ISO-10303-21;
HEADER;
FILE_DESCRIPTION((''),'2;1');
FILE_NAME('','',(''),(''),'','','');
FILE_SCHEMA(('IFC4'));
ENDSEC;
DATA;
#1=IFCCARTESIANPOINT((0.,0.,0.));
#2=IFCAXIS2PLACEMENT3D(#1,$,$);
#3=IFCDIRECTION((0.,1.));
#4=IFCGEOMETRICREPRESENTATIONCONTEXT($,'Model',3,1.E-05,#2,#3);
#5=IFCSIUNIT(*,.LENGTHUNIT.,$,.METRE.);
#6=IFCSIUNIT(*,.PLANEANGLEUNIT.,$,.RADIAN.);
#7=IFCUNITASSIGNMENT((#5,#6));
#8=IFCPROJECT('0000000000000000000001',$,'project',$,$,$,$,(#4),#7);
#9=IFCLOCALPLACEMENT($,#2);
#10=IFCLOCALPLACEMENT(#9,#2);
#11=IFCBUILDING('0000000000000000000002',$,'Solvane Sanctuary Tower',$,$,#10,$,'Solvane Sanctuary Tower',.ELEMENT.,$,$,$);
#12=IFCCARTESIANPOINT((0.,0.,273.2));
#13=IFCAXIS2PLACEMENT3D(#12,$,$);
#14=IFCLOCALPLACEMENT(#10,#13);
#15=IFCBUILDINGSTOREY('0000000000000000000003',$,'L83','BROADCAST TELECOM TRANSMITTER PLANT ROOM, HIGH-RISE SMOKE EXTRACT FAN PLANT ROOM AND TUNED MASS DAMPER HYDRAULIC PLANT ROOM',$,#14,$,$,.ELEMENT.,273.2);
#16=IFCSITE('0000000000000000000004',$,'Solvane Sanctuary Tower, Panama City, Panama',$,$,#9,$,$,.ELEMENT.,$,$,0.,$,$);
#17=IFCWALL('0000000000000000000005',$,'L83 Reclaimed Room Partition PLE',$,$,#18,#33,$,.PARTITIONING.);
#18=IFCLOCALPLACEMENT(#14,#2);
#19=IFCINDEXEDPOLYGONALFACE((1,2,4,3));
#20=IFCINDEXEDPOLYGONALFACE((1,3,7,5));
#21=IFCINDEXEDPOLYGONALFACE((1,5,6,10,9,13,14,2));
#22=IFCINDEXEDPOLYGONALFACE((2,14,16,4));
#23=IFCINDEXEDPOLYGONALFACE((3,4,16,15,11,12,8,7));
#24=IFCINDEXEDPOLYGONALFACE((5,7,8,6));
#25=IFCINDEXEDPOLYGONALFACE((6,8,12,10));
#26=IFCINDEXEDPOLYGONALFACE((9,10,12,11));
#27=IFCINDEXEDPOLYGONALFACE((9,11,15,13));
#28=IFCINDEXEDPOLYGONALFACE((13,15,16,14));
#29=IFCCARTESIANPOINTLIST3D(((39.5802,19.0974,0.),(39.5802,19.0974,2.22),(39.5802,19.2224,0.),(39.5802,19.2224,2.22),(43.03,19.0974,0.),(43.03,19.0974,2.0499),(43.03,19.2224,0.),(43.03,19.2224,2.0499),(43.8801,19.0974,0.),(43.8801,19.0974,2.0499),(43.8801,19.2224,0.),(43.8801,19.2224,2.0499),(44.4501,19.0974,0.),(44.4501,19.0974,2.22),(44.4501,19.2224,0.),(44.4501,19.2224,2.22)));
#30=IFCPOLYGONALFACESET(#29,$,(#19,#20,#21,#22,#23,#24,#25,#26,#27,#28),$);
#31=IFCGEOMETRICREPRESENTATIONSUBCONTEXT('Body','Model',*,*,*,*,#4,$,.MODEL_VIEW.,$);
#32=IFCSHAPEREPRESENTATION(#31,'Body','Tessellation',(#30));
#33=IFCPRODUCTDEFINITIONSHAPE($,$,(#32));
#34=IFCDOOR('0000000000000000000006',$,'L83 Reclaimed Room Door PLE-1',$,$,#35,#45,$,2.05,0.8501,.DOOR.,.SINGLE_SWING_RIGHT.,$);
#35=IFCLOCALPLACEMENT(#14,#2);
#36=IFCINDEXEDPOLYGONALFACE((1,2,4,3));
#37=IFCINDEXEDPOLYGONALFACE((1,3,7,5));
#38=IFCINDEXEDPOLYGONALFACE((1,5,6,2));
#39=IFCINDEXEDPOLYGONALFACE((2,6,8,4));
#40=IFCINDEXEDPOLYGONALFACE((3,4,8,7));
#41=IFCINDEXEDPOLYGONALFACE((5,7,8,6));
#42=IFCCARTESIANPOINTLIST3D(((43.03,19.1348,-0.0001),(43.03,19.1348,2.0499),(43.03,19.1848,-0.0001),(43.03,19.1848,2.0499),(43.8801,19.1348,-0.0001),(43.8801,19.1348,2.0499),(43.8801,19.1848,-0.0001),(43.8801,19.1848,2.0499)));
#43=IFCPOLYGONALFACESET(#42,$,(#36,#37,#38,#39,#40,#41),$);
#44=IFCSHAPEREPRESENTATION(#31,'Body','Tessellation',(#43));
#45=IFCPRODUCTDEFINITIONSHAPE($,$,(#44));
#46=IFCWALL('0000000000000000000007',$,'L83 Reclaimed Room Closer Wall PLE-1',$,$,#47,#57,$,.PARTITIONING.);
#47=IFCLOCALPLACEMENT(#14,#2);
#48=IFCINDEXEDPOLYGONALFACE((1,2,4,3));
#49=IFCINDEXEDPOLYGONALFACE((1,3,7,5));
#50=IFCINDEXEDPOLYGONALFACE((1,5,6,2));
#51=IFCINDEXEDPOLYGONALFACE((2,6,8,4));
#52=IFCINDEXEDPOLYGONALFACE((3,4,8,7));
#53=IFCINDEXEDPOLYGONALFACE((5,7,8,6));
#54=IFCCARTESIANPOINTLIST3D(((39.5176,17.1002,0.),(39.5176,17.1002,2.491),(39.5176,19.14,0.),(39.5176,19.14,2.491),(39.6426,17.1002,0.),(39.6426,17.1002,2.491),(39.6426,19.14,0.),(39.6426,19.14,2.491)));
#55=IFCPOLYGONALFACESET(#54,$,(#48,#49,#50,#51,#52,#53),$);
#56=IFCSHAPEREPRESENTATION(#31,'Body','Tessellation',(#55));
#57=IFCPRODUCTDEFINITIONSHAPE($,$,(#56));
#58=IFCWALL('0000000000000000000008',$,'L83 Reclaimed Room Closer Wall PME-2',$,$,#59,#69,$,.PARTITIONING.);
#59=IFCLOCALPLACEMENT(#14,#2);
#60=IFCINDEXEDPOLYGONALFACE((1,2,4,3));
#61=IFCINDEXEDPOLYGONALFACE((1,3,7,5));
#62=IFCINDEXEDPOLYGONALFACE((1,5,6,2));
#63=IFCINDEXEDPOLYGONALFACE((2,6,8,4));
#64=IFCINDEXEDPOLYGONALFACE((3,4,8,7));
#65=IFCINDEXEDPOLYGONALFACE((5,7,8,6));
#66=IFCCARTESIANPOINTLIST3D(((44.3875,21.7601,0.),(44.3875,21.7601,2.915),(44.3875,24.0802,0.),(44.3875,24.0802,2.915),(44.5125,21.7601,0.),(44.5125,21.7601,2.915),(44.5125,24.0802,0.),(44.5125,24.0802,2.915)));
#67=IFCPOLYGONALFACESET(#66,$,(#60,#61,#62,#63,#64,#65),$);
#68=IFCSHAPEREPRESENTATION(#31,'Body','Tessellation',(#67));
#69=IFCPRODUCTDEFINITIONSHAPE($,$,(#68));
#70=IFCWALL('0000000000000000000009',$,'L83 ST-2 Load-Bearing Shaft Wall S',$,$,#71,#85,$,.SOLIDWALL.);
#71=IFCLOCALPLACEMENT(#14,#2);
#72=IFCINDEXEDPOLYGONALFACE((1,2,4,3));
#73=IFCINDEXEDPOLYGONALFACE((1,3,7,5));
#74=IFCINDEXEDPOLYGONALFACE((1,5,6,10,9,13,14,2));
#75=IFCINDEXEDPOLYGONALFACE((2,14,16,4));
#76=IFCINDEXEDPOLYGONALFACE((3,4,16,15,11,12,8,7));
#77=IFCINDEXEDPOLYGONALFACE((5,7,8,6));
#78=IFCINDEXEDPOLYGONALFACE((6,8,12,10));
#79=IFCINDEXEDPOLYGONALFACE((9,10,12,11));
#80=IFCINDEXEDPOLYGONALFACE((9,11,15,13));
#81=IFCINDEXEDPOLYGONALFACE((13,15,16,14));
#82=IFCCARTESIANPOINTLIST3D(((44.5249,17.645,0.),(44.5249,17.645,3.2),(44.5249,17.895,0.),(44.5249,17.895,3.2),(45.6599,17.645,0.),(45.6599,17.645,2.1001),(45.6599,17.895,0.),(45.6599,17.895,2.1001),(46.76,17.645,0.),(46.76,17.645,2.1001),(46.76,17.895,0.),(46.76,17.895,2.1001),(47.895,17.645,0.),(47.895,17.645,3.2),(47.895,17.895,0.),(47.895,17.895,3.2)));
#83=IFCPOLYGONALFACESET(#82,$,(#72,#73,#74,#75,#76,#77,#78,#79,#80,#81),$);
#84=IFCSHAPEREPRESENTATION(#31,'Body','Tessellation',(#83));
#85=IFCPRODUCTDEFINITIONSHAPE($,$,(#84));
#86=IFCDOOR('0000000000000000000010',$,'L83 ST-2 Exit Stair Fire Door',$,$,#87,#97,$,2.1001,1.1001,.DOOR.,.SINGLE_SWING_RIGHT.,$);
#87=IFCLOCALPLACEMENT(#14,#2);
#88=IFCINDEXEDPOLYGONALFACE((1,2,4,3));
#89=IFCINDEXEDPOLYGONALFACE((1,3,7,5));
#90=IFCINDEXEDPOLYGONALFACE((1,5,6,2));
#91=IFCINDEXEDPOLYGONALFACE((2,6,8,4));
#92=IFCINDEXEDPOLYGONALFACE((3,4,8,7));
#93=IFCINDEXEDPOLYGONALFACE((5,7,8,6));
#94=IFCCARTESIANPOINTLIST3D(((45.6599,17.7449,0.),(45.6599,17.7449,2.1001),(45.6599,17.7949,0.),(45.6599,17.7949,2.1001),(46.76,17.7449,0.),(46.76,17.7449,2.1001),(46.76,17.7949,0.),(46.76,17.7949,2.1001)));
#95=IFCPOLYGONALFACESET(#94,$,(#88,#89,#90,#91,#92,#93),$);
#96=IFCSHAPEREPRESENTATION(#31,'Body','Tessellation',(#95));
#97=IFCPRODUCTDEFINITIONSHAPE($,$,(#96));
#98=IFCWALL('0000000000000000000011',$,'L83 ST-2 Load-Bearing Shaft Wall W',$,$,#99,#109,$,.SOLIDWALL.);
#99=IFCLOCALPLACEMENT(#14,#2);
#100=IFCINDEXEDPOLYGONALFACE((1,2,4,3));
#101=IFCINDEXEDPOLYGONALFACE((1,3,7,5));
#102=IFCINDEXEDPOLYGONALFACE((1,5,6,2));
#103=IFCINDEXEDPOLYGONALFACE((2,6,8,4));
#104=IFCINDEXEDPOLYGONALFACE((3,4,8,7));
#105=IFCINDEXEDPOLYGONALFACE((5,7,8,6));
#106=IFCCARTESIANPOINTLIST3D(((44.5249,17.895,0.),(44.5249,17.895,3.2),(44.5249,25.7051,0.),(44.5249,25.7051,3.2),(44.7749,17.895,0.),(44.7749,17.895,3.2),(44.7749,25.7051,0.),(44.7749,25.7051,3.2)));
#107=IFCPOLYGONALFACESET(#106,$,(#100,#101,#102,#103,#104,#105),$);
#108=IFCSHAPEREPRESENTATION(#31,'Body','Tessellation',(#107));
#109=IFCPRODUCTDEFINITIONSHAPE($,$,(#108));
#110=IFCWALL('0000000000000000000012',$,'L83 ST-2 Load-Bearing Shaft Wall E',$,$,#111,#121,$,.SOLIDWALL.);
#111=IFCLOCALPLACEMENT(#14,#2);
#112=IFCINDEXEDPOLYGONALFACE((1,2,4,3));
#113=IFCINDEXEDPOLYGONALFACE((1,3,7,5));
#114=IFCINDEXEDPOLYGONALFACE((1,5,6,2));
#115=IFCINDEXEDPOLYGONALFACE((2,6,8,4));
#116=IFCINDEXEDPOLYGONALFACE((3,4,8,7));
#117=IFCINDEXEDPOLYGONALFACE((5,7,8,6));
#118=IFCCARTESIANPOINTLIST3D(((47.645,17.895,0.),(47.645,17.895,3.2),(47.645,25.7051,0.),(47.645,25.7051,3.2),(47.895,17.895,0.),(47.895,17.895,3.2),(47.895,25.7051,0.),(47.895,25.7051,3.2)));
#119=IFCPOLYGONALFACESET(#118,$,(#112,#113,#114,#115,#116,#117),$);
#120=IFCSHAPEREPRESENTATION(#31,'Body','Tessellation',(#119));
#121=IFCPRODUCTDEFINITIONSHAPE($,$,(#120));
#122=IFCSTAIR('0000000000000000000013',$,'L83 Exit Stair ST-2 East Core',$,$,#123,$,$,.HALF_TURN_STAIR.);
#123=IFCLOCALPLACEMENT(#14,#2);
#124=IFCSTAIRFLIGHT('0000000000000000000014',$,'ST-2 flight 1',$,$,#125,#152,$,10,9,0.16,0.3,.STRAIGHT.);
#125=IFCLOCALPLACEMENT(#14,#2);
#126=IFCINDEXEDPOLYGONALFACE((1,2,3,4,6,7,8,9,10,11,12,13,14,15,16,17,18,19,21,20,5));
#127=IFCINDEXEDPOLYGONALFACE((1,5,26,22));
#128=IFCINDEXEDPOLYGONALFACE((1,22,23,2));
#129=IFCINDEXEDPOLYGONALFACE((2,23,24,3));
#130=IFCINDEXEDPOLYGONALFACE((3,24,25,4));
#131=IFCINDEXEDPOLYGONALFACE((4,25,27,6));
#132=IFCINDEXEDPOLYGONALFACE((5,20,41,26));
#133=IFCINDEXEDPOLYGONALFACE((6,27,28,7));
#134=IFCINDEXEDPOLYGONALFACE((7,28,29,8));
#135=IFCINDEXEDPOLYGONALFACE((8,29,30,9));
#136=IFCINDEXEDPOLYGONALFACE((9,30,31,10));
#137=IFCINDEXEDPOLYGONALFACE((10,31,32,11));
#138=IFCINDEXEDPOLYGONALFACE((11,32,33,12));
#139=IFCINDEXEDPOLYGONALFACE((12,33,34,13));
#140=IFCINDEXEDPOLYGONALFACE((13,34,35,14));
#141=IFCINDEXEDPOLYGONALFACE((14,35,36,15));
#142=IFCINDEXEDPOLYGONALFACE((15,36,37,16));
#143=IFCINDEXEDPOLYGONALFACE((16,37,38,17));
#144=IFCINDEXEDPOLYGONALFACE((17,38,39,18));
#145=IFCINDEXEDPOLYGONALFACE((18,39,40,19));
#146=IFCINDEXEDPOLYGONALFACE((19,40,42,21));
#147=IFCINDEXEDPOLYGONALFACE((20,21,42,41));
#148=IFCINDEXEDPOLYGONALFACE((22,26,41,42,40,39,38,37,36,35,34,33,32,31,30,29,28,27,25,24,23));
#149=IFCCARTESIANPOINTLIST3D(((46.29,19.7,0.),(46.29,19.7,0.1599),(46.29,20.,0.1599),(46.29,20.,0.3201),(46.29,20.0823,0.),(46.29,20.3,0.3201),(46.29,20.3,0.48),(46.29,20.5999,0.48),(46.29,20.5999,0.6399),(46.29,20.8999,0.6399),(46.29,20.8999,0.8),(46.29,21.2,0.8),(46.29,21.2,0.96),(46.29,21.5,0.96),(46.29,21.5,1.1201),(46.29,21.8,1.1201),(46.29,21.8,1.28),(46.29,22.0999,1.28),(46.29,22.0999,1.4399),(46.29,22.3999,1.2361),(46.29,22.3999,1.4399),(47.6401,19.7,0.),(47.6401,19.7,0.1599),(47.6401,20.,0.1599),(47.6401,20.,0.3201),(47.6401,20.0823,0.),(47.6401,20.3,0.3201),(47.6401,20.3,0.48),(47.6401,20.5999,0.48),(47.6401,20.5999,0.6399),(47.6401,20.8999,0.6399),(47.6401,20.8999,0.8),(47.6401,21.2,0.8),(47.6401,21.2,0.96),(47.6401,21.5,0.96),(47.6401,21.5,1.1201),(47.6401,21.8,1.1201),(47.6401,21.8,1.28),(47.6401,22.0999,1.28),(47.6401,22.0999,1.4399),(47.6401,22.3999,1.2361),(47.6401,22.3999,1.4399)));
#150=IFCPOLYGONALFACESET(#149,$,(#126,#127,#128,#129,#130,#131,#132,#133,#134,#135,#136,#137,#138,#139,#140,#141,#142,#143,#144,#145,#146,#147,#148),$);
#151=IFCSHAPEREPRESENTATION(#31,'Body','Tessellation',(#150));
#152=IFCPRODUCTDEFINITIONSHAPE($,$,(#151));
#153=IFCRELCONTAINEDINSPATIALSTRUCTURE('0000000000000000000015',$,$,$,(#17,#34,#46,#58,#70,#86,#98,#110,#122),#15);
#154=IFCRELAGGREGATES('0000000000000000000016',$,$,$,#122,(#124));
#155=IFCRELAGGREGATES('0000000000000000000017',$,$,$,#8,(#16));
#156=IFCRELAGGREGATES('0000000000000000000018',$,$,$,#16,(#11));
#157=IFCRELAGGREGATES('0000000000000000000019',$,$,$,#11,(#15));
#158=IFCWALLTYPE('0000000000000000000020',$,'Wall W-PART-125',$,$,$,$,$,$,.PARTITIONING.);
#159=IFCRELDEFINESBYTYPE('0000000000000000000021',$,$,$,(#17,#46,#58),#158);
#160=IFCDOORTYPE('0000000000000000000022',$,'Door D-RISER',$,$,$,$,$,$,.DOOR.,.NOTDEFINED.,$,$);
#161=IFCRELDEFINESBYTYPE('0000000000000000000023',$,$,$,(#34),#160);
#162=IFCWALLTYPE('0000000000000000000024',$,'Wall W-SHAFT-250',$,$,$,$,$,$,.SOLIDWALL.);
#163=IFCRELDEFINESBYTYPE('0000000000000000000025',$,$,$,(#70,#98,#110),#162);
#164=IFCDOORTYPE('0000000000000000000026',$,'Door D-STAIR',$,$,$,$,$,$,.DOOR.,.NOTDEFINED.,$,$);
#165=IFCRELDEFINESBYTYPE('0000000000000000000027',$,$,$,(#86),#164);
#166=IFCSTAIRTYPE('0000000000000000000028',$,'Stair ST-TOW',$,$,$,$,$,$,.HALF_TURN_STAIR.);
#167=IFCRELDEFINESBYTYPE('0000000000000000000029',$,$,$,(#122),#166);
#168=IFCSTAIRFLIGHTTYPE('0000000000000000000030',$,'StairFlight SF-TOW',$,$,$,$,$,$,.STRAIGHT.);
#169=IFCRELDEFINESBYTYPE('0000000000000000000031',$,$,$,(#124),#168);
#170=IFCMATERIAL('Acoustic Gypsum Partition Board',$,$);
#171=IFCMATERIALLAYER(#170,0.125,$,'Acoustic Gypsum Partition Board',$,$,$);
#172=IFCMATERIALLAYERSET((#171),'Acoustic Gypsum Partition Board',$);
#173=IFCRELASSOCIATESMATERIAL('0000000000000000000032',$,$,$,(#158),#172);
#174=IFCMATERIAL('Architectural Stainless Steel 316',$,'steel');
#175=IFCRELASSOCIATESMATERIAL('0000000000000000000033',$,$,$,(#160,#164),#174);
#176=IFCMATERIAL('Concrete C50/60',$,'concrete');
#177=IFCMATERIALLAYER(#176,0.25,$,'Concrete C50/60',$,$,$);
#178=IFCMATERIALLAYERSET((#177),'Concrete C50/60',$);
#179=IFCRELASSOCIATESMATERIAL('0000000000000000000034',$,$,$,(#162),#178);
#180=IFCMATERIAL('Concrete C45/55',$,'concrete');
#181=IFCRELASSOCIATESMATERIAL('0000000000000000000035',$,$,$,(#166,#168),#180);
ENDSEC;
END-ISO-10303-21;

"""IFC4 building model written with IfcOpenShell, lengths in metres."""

from ifc_helpers import new_model, si_unit, direction, frame, frame_2d, origin, place, context, subcontext, project, spatial, polyline, rectangle, outline, extrude, material, layer, layer_set, type_object, element, fill, aggregate, save


model = new_model("IFC4")

# Units and contexts
model_context = context("Model", 3, precision=1e-05, world=origin(), true_north=direction((0.0, 1.0)))
body_context = subcontext(model_context, "Body", "Model", "MODEL_VIEW")
ifc_project = project(units=[si_unit("LENGTHUNIT", "METRE"), si_unit("PLANEANGLEUNIT", "RADIAN")], contexts=[model_context])

# Site, building, storey
site_placement = place(None, origin())
site = spatial("IfcSite", under=ifc_project, at=site_placement, Name="Solvane Sanctuary Tower, Panama City, Panama", CompositionType="ELEMENT", RefElevation=0.0)
building_placement = place(site_placement, origin())
building = spatial("IfcBuilding", under=site, at=building_placement, Name="Solvane Sanctuary Tower", LongName="Solvane Sanctuary Tower", CompositionType="ELEMENT")
storey_placement = place(building_placement, frame((0.0, 0.0, 273.2)))
storey = spatial("IfcBuildingStorey", under=building, at=storey_placement, Name="L83", Description="BROADCAST TELECOM TRANSMITTER PLANT ROOM, HIGH-RISE SMOKE EXTRACT FAN PLANT ROOM AND TUNED MASS DAMPER HYDRAULIC PLANT ROOM", CompositionType="ELEMENT", Elevation=273.2)

# Shared definitions
ifc_material_1 = material(Name="Concrete C50/60", Category="concrete")

# Wall, opening, door
ifc_material_2 = material(Name="Acoustic Gypsum Partition Board")
ifc_layer_1 = layer(ifc_material_2, 0.125, Name="Acoustic Gypsum Partition Board")
ifc_layer_set_1 = layer_set([ifc_layer_1], Name="Acoustic Gypsum Partition Board")
wall_type_1 = type_object("IfcWallType", Name="Wall W-PART-125", PredefinedType="PARTITIONING", material=ifc_layer_set_1)
wall_1_placement = place(storey_placement, frame((39.5801, 19.1599, 0.0), z_axis=(0.0, 0.0, 1.0), x_axis=(1.0, 0.0, 0.0)))
wall_1 = element("IfcWall", 1, at=wall_1_placement, inside=storey, type_object=wall_type_1, Name="L83 Reclaimed Room Partition PLE", PredefinedType="PARTITIONING", context=body_context, shape_type="SweptSolid", body=[
    extrude(rectangle(XDim=4.8699, YDim=0.125, at=frame_2d((2.4351, 0.0))), origin(), (0.0, 0.0, 1.0), 2.22),
])
opening_1_placement = place(wall_1_placement, frame((3.45, 0.0, 0.0)))
opening_1 = element("IfcOpeningElement", 2, at=opening_1_placement, cuts=wall_1, PredefinedType="OPENING", context=body_context, shape_type="SweptSolid", body=[
    extrude(rectangle(XDim=0.8501, YDim=2.05, at=frame_2d((0.425, 1.0249))), frame((0.0, 0.0725, 0.0), z_axis=(0.0, -1.0, 0.0), x_axis=(1.0, 0.0, 0.0)), (0.0, 0.0, 1.0), 0.145),
])
ifc_material_3 = material(Name="Architectural Stainless Steel 316", Category="steel")
door_type_1 = type_object("IfcDoorType", Name="Door D-RISER", OperationType="NOTDEFINED", PredefinedType="DOOR", material=ifc_material_3)
door_1_placement = place(opening_1_placement, origin())
door_1 = element("IfcDoor", 3, at=door_1_placement, inside=storey, type_object=door_type_1, Name="L83 Reclaimed Room Door PLE-1", OperationType="SINGLE_SWING_RIGHT", OverallHeight=2.05, OverallWidth=0.8501, PredefinedType="DOOR", context=body_context, shape_type="SweptSolid", body=[
    extrude(rectangle(XDim=0.8501, YDim=2.05, at=frame_2d((0.425, 1.0249))), frame((0.0, 0.0249, 0.0), z_axis=(0.0, -1.0, 0.0), x_axis=(1.0, 0.0, 0.0)), (0.0, 0.0, 1.0), 0.05),
])
fill(opening_1, door_1)

# Walls
wall_2_placement = place(storey_placement, frame((39.5801, 17.1001, 0.0), z_axis=(0.0, 0.0, 1.0), x_axis=(0.0, 1.0, 0.0)))
element("IfcWall", 4, at=wall_2_placement, inside=storey, type_object=wall_type_1, Name="L83 Reclaimed Room Closer Wall PLE-1", PredefinedType="PARTITIONING", context=body_context, shape_type="SweptSolid", body=[
    extrude(rectangle(XDim=2.0398, YDim=0.125, at=frame_2d((1.02, 0.0))), origin(), (0.0, 0.0, 1.0), 2.491),
])
wall_3_placement = place(storey_placement, frame((44.45, 21.76, 0.0), z_axis=(0.0, 0.0, 1.0), x_axis=(0.0, 1.0, 0.0)))
element("IfcWall", 5, at=wall_3_placement, inside=storey, type_object=wall_type_1, Name="L83 Reclaimed Room Closer Wall PME-2", PredefinedType="PARTITIONING", context=body_context, shape_type="SweptSolid", body=[
    extrude(rectangle(XDim=2.3201, YDim=0.125, at=frame_2d((1.1602, 0.0))), origin(), (0.0, 0.0, 1.0), 2.915),
])

# Wall, opening, door
ifc_layer_2 = layer(ifc_material_1, 0.25, Name="Concrete C50/60")
ifc_layer_set_2 = layer_set([ifc_layer_2], Name="Concrete C50/60")
wall_type_2 = type_object("IfcWallType", Name="Wall W-SHAFT-250", PredefinedType="SOLIDWALL", material=ifc_layer_set_2)
wall_4_placement = place(storey_placement, frame((44.5249, 17.77, 0.0), z_axis=(0.0, 0.0, 1.0), x_axis=(1.0, 0.0, 0.0)))
wall_4 = element("IfcWall", 6, at=wall_4_placement, inside=storey, type_object=wall_type_2, Name="L83 ST-2 Load-Bearing Shaft Wall S", PredefinedType="SOLIDWALL", context=body_context, shape_type="SweptSolid", body=[
    extrude(rectangle(XDim=3.3701, YDim=0.25, at=frame_2d((1.6851, 0.0))), origin(), (0.0, 0.0, 1.0), 3.2),
])
opening_2_placement = place(wall_4_placement, frame((1.135, 0.0, 0.0)))
opening_2 = element("IfcOpeningElement", 7, at=opening_2_placement, cuts=wall_4, PredefinedType="OPENING", context=body_context, shape_type="SweptSolid", body=[
    extrude(rectangle(XDim=1.1001, YDim=2.1001, at=frame_2d((0.55, 1.05))), frame((0.0, 0.135, 0.0), z_axis=(0.0, -1.0, 0.0), x_axis=(1.0, 0.0, 0.0)), (0.0, 0.0, 1.0), 0.27),
])
door_type_2 = type_object("IfcDoorType", Name="Door D-STAIR", OperationType="NOTDEFINED", PredefinedType="DOOR", material=ifc_material_3)
door_2_placement = place(opening_2_placement, origin())
door_2 = element("IfcDoor", 8, at=door_2_placement, inside=storey, type_object=door_type_2, Name="L83 ST-2 Exit Stair Fire Door", OperationType="SINGLE_SWING_RIGHT", OverallHeight=2.1001, OverallWidth=1.1001, PredefinedType="DOOR", context=body_context, shape_type="SweptSolid", body=[
    extrude(rectangle(XDim=1.1001, YDim=2.1001, at=frame_2d((0.55, 1.05))), frame((0.0, 0.0249, 0.0), z_axis=(0.0, -1.0, 0.0), x_axis=(1.0, 0.0, 0.0)), (0.0, 0.0, 1.0), 0.05),
])
fill(opening_2, door_2)

# Walls
for number, where, z_axis, x_axis, name in (
    (9, (44.6499, 17.895, 0.0), (0.0, 0.0, 1.0), (0.0, 1.0, 0.0), "L83 ST-2 Load-Bearing Shaft Wall W"),
    (10, (47.77, 17.895, 0.0), (0.0, 0.0, 1.0), (0.0, 1.0, 0.0), "L83 ST-2 Load-Bearing Shaft Wall E"),
):
    element("IfcWall", number, at=place(storey_placement, frame(where, z_axis=z_axis, x_axis=x_axis)), inside=storey, type_object=wall_type_2, Name=name, PredefinedType="SOLIDWALL", context=body_context, shape_type="SweptSolid", body=[
        extrude(rectangle(XDim=7.8101, YDim=0.25, at=frame_2d((3.905, 0.0))), origin(), (0.0, 0.0, 1.0), 3.2),
    ])

# Stair, stair flight
ifc_material_4 = material(Name="Concrete C45/55", Category="concrete")
stair_type = type_object("IfcStairType", Name="Stair ST-TOW", PredefinedType="HALF_TURN_STAIR", material=ifc_material_4)
stair_placement = place(storey_placement, origin())
stair = element("IfcStair", 11, at=stair_placement, inside=storey, type_object=stair_type, Name="L83 Exit Stair ST-2 East Core", PredefinedType="HALF_TURN_STAIR")
stair_flight_type = type_object("IfcStairFlightType", Name="StairFlight SF-TOW", PredefinedType="STRAIGHT", material=ifc_material_4)
stair_flight_placement = place(storey_placement, frame((46.9651, 19.7, 0.0), z_axis=(0.0, 0.0, 1.0), x_axis=(0.0, 1.0, 0.0)))
stair_flight = element("IfcStairFlight", 12, at=stair_flight_placement, type_object=stair_flight_type, Name="ST-2 flight 1", NumberOfRisers=10, NumberOfTreads=9, PredefinedType="STRAIGHT", RiserHeight=0.16, TreadLength=0.3, context=body_context, shape_type="SweptSolid", body=[
    extrude(outline(polyline([(0.0, 0.0), (0.0, 0.1599), (0.3, 0.1599), (0.3, 0.3201), (0.6001, 0.3201), (0.6001, 0.48), (0.8999, 0.48), (0.8999, 0.6399), (1.2, 0.6399), (1.2, 0.8), (1.5, 0.8), (1.5, 0.96), (1.8, 0.96), (1.8, 1.1201), (2.1001, 1.1201), (2.1001, 1.28), (2.3999, 1.28), (2.3999, 1.4399), (2.7, 1.4399), (2.7, 1.6001), (2.7, 1.2361), (0.3823, 0.0), (0.0, 0.0)])), frame((0.0, 0.675, 0.0), z_axis=(0.0, -1.0, 0.0), x_axis=(1.0, 0.0, 0.0)), (0.0, 0.0, 1.0), 1.3501),
])
aggregate(stair, [stair_flight])

save(model, "model.ifc")
